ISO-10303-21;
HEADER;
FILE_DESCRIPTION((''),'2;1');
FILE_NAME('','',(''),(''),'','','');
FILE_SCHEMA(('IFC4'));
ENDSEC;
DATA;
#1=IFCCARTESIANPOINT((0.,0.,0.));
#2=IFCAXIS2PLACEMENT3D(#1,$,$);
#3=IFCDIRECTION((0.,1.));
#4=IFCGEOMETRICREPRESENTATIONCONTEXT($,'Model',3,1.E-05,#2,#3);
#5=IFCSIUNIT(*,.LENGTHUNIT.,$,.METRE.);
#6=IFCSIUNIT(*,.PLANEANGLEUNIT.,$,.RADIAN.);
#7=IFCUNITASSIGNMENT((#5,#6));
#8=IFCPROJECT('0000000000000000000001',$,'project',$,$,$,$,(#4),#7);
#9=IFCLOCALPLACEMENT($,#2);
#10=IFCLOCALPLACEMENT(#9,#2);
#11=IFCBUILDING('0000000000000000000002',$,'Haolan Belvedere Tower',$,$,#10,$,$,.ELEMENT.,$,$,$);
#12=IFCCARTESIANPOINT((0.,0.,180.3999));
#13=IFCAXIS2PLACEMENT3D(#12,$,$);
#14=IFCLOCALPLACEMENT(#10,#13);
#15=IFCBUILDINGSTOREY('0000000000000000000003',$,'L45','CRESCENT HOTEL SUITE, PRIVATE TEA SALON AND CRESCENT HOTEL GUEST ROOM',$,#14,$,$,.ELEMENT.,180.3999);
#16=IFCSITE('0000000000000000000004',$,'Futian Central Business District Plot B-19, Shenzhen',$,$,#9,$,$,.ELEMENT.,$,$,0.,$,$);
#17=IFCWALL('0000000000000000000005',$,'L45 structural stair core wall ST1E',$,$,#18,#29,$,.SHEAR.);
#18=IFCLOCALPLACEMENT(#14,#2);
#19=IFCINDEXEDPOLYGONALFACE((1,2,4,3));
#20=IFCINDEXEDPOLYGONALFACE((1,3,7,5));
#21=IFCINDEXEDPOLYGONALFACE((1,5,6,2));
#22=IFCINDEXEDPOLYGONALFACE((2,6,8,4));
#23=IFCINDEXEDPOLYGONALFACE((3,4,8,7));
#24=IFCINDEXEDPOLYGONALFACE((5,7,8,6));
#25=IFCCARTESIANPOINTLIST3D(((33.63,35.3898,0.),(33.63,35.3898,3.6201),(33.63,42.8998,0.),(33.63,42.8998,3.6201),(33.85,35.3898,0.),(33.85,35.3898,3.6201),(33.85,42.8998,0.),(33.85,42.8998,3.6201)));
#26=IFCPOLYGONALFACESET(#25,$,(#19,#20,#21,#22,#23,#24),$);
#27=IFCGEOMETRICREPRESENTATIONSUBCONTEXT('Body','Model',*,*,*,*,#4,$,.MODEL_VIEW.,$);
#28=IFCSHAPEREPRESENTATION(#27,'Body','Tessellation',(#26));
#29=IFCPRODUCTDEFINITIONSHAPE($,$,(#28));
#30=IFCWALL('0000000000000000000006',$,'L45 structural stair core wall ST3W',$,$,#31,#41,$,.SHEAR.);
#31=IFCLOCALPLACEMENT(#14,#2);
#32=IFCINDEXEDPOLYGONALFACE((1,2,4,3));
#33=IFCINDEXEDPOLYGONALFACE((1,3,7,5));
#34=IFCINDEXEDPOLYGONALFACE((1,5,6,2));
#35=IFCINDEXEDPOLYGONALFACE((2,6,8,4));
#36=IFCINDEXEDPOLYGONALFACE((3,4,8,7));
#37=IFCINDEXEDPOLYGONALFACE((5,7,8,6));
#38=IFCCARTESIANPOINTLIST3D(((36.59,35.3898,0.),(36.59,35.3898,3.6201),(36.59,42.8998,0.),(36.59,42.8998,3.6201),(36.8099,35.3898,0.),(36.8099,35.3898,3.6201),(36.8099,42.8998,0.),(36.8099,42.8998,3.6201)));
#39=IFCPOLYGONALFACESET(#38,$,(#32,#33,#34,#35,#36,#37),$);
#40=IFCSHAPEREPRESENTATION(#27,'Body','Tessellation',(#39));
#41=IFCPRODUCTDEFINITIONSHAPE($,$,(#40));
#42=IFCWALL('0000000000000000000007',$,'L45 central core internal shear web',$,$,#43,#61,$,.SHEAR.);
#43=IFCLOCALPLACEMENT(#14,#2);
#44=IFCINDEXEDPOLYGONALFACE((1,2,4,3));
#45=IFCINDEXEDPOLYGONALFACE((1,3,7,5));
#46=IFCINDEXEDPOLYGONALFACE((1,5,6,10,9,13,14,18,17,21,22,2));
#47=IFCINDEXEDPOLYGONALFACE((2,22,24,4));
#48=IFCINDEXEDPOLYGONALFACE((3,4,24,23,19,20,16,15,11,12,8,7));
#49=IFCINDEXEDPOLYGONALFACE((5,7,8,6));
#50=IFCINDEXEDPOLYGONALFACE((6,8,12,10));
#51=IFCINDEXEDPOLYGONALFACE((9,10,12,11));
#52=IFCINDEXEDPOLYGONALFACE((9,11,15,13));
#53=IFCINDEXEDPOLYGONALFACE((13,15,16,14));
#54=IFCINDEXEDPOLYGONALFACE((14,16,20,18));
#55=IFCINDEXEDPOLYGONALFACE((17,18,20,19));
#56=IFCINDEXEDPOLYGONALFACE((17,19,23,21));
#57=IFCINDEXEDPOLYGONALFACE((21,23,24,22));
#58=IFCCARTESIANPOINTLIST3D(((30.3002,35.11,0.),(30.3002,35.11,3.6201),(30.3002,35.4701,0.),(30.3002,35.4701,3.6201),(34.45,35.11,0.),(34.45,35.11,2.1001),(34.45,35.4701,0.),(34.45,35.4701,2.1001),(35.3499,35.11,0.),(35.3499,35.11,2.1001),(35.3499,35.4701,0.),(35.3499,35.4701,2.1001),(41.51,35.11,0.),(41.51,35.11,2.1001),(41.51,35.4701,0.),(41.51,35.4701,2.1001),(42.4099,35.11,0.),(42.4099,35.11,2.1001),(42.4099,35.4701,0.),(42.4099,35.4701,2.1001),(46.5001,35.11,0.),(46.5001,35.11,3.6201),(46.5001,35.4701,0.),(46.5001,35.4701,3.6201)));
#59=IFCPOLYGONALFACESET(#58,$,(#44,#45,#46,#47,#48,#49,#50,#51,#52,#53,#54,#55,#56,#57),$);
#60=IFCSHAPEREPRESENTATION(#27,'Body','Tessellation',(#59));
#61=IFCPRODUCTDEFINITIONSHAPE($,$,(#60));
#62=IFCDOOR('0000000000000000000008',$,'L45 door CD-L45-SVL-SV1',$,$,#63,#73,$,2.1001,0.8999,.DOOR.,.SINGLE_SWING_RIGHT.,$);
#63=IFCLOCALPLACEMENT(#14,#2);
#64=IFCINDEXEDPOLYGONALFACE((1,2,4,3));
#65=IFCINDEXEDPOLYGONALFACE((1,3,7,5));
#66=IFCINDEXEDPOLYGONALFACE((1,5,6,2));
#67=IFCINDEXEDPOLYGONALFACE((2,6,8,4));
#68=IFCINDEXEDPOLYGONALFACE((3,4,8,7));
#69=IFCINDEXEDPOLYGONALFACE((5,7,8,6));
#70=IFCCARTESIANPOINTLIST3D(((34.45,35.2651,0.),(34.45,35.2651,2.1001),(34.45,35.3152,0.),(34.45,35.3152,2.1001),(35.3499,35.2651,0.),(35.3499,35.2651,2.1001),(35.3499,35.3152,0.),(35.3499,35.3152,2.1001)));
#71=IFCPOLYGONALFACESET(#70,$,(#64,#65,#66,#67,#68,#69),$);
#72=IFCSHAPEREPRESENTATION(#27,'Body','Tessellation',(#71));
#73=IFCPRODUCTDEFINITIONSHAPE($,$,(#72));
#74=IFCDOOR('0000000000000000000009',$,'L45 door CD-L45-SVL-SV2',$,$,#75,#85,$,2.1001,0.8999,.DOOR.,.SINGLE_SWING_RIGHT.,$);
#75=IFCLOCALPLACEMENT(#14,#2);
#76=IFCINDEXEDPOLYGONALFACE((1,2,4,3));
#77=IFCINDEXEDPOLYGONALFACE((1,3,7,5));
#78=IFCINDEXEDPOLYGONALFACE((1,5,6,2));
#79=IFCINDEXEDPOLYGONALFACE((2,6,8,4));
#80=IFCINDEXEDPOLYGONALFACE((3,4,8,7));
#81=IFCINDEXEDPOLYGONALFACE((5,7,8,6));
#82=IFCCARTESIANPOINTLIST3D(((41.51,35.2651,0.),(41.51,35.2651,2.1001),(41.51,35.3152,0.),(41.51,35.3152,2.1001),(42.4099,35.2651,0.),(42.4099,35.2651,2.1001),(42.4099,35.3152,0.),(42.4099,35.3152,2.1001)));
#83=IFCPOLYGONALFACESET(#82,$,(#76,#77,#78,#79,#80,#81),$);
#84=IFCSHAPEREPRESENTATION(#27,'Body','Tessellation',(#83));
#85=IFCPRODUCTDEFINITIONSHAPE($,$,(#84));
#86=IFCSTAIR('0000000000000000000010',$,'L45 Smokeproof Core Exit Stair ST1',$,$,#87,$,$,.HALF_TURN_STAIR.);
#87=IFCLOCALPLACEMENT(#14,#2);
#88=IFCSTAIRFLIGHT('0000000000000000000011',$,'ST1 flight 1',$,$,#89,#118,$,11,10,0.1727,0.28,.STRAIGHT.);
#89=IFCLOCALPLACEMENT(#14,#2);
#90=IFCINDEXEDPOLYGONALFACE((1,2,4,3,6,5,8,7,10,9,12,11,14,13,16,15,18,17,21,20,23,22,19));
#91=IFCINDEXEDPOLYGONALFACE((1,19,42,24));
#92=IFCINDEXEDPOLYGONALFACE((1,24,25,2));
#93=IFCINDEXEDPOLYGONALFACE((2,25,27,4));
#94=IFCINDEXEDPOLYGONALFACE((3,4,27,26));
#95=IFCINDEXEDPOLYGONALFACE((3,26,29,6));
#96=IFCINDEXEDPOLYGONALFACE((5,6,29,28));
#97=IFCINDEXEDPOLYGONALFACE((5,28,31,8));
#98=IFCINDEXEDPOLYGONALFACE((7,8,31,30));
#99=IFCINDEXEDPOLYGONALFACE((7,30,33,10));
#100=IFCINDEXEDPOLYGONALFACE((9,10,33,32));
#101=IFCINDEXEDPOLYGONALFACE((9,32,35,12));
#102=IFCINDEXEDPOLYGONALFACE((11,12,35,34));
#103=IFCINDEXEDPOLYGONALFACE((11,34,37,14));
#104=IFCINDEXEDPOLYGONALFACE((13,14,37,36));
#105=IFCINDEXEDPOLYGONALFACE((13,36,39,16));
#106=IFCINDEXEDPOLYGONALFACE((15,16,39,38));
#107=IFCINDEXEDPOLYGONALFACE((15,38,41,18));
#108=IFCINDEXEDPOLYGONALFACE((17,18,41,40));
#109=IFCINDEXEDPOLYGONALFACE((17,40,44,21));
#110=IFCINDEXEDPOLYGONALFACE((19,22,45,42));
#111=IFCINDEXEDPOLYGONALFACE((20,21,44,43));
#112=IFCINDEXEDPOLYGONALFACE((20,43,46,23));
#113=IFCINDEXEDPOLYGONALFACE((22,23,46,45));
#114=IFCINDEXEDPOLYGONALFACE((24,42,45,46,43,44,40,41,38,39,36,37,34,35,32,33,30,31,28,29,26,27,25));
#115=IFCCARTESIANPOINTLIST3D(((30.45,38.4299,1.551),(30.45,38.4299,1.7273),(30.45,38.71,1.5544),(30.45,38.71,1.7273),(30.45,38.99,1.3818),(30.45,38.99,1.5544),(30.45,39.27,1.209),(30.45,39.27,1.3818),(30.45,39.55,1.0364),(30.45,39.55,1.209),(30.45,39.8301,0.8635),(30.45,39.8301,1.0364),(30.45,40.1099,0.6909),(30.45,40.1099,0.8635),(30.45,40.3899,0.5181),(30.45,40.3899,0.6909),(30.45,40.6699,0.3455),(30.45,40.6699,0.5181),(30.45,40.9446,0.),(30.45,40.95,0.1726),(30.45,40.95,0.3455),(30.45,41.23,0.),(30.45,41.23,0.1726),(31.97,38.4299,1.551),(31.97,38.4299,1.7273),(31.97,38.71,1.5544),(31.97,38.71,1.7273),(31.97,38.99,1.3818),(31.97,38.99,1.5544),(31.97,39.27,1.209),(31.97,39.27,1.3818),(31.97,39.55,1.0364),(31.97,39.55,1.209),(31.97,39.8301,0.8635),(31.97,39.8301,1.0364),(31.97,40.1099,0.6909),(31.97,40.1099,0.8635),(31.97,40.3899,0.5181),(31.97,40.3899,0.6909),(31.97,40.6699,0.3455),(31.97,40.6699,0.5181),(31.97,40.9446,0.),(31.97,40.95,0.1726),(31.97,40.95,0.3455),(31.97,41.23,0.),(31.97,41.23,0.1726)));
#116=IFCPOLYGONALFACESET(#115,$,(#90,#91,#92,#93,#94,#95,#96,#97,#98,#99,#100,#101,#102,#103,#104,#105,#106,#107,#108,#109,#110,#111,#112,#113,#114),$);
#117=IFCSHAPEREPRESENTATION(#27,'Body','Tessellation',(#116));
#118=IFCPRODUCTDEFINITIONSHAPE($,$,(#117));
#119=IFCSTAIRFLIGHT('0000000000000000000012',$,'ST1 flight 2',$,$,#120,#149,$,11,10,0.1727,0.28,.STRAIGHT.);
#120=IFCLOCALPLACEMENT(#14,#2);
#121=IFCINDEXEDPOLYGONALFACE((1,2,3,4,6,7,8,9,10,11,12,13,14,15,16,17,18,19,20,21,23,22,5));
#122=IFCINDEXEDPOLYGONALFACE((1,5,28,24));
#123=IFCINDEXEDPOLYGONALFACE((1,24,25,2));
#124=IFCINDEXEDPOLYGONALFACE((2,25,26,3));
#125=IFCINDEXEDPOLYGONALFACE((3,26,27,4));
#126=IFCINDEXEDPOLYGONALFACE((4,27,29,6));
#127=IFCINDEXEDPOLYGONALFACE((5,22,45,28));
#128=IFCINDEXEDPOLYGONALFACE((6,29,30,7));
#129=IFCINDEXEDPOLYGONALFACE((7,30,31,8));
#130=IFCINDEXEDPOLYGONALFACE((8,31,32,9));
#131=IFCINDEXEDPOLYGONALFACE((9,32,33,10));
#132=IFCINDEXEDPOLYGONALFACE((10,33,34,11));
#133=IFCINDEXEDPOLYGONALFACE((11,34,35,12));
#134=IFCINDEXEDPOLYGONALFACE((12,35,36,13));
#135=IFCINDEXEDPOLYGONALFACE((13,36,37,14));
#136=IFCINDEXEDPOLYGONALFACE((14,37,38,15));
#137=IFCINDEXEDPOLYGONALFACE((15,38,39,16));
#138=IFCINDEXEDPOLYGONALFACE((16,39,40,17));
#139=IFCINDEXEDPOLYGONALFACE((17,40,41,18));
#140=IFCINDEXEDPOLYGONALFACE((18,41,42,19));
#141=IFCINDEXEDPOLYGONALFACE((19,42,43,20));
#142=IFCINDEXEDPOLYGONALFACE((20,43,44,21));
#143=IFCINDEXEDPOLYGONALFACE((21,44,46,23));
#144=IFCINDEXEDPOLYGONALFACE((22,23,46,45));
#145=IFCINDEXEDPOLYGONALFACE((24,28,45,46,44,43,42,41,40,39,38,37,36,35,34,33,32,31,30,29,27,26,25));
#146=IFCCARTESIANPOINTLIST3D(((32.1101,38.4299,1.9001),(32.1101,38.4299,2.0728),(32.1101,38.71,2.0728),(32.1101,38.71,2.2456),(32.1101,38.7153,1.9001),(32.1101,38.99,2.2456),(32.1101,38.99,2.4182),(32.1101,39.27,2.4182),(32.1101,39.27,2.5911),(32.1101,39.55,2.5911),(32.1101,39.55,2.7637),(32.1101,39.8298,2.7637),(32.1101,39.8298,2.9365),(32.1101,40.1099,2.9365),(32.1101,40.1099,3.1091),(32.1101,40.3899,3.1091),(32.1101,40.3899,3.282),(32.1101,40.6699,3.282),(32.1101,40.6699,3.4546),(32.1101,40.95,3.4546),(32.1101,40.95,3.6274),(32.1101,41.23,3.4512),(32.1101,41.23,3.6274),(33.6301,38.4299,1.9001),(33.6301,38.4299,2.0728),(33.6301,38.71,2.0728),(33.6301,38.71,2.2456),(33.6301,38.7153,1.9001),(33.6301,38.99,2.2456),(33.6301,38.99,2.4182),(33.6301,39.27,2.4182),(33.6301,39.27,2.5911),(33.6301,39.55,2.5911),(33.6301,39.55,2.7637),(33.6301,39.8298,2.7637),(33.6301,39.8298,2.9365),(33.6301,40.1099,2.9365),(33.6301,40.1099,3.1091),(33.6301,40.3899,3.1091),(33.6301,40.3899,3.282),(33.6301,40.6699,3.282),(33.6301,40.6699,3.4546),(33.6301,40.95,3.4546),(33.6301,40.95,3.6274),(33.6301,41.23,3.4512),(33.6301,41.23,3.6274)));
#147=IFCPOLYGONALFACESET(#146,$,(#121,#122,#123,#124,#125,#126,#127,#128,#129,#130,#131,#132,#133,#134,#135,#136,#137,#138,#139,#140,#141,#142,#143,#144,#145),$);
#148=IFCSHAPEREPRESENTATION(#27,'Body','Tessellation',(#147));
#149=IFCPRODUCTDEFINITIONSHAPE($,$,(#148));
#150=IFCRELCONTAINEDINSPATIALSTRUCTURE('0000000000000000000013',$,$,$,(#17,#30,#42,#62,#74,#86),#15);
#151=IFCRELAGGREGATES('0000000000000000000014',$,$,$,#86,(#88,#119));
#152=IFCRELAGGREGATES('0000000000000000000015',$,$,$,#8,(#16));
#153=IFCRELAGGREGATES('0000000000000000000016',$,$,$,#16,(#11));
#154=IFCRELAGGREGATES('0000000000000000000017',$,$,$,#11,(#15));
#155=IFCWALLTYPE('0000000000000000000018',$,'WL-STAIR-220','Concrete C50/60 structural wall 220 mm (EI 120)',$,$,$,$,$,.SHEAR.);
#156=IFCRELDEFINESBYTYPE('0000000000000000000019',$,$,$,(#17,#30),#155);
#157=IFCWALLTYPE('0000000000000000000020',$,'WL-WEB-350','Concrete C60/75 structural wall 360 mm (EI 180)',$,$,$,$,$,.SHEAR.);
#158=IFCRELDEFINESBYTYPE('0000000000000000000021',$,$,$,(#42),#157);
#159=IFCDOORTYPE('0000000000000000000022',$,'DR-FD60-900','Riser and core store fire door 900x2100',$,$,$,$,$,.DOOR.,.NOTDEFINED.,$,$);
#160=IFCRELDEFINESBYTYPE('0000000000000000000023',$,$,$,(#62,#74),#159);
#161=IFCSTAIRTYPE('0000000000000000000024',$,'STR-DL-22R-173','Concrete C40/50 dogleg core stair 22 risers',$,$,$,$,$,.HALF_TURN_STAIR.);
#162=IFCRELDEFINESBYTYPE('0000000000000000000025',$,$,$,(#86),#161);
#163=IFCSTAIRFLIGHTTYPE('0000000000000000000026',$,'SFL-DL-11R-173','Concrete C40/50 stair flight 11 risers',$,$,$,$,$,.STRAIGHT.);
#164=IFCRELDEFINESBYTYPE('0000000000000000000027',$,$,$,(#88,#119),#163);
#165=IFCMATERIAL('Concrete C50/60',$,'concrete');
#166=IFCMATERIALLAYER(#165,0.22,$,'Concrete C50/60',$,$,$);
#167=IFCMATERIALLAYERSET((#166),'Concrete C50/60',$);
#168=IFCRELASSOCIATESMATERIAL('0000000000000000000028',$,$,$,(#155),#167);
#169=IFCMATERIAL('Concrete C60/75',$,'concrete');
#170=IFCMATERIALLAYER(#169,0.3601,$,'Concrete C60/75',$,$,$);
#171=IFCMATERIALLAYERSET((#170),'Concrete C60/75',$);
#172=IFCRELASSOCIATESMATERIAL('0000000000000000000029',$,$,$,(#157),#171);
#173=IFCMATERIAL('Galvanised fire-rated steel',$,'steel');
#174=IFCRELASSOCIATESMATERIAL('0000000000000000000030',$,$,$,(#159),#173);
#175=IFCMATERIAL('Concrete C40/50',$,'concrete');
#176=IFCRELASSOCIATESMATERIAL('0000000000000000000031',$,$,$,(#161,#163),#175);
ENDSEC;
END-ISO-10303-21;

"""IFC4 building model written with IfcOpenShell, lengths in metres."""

from ifc_helpers import new_model, si_unit, direction, frame, frame_2d, origin, place, context, subcontext, project, spatial, polyline, rectangle, outline, extrude, material, layer, layer_set, type_object, element, fill, aggregate, save


model = new_model("IFC4")

# Units and contexts
model_context = context("Model", 3, precision=1e-05, world=origin(), true_north=direction((0.0, 1.0)))
body_context = subcontext(model_context, "Body", "Model", "MODEL_VIEW")
ifc_project = project(units=[si_unit("LENGTHUNIT", "METRE"), si_unit("PLANEANGLEUNIT", "RADIAN")], contexts=[model_context])

# Site, building, storey
site_placement = place(None, origin())
site = spatial("IfcSite", under=ifc_project, at=site_placement, Name="Futian Central Business District Plot B-19, Shenzhen", CompositionType="ELEMENT", RefElevation=0.0)
building_placement = place(site_placement, origin())
building = spatial("IfcBuilding", under=site, at=building_placement, Name="Haolan Belvedere Tower", CompositionType="ELEMENT")
storey_placement = place(building_placement, frame((0.0, 0.0, 180.3999)))
storey = spatial("IfcBuildingStorey", under=building, at=storey_placement, Name="L45", Description="CRESCENT HOTEL SUITE, PRIVATE TEA SALON AND CRESCENT HOTEL GUEST ROOM", CompositionType="ELEMENT", Elevation=180.3999)

# Walls
ifc_material_1 = material(Name="Concrete C50/60", Category="concrete")
ifc_layer_1 = layer(ifc_material_1, 0.22, Name="Concrete C50/60")
ifc_layer_set_1 = layer_set([ifc_layer_1], Name="Concrete C50/60")
wall_type_1 = type_object("IfcWallType", Name="WL-STAIR-220", Description="Concrete C50/60 structural wall 220 mm (EI 120)", PredefinedType="SHEAR", material=ifc_layer_set_1)
for number, where, z_axis, x_axis, name in (
    (1, (33.74, 35.3899, 0.0), (0.0, 0.0, 1.0), (0.0, 1.0, 0.0), "L45 structural stair core wall ST1E"),
    (2, (36.7, 35.3899, 0.0), (0.0, 0.0, 1.0), (0.0, 1.0, 0.0), "L45 structural stair core wall ST3W"),
):
    element("IfcWall", number, at=place(storey_placement, frame(where, z_axis=z_axis, x_axis=x_axis)), inside=storey, type_object=wall_type_1, Name=name, PredefinedType="SHEAR", context=body_context, shape_type="SweptSolid", body=[
        extrude(rectangle(XDim=7.51, YDim=0.22, at=frame_2d((3.7549, 0.0))), origin(), (0.0, 0.0, 1.0), 3.6201),
    ])

# Wall, openings, doors
ifc_material_2 = material(Name="Concrete C60/75", Category="concrete")
ifc_layer_2 = layer(ifc_material_2, 0.3601, Name="Concrete C60/75")
ifc_layer_set_2 = layer_set([ifc_layer_2], Name="Concrete C60/75")
wall_type_2 = type_object("IfcWallType", Name="WL-WEB-350", Description="Concrete C60/75 structural wall 360 mm (EI 180)", PredefinedType="SHEAR", material=ifc_layer_set_2)
wall_1_placement = place(storey_placement, frame((30.3, 35.29, 0.0), z_axis=(0.0, 0.0, 1.0), x_axis=(1.0, 0.0, 0.0)))
wall_1 = element("IfcWall", 3, at=wall_1_placement, inside=storey, type_object=wall_type_2, Name="L45 central core internal shear web", PredefinedType="SHEAR", context=body_context, shape_type="SweptSolid", body=[
    extrude(rectangle(XDim=16.2, YDim=0.3601, at=frame_2d((8.1001, 0.0))), origin(), (0.0, 0.0, 1.0), 3.6201),
])
opening_1_placement = place(wall_1_placement, frame((5.0498, 0.0, 0.0), z_axis=(0.0, 0.0, 1.0), x_axis=(-1.0, 0.0, 0.0)))
opening_1 = element("IfcOpeningElement", 4, at=opening_1_placement, cuts=wall_1, PredefinedType="OPENING", context=body_context, shape_type="SweptSolid", body=[
    extrude(rectangle(XDim=0.8999, YDim=2.1001, at=frame_2d((0.45, 1.05))), frame((0.0, 0.1899, 0.0), z_axis=(0.0, -1.0, 0.0), x_axis=(1.0, 0.0, 0.0)), (0.0, 0.0, 1.0), 0.3801),
])
opening_2_placement = place(wall_1_placement, frame((12.1099, 0.0, 0.0), z_axis=(0.0, 0.0, 1.0), x_axis=(-1.0, 0.0, 0.0)))
opening_2 = element("IfcOpeningElement", 5, at=opening_2_placement, cuts=wall_1, PredefinedType="OPENING", context=body_context, shape_type="SweptSolid", body=[
    extrude(rectangle(XDim=0.8999, YDim=2.1001, at=frame_2d((0.45, 1.05))), frame((0.0, 0.1899, 0.0), z_axis=(0.0, -1.0, 0.0), x_axis=(1.0, 0.0, 0.0)), (0.0, 0.0, 1.0), 0.3801),
])
ifc_material_3 = material(Name="Galvanised fire-rated steel", Category="steel")
door_type_1 = type_object("IfcDoorType", Name="DR-FD60-900", Description="Riser and core store fire door 900x2100", OperationType="NOTDEFINED", PredefinedType="DOOR", material=ifc_material_3)
door_1_placement = place(opening_1_placement, origin())
door_1 = element("IfcDoor", 6, at=door_1_placement, inside=storey, type_object=door_type_1, Name="L45 door CD-L45-SVL-SV1", OperationType="SINGLE_SWING_RIGHT", OverallHeight=2.1001, OverallWidth=0.8999, PredefinedType="DOOR", context=body_context, shape_type="SweptSolid", body=[
    extrude(rectangle(XDim=0.8999, YDim=2.1001, at=frame_2d((0.45, 1.05))), frame((0.0, 0.0249, 0.0), z_axis=(0.0, -1.0, 0.0), x_axis=(1.0, 0.0, 0.0)), (0.0, 0.0, 1.0), 0.05),
])
fill(opening_1, door_1)
door_2_placement = place(opening_2_placement, origin())
door_2 = element("IfcDoor", 7, at=door_2_placement, inside=storey, type_object=door_type_1, Name="L45 door CD-L45-SVL-SV2", OperationType="SINGLE_SWING_RIGHT", OverallHeight=2.1001, OverallWidth=0.8999, PredefinedType="DOOR", context=body_context, shape_type="SweptSolid", body=[
    extrude(rectangle(XDim=0.8999, YDim=2.1001, at=frame_2d((0.45, 1.05))), frame((0.0, 0.0249, 0.0), z_axis=(0.0, -1.0, 0.0), x_axis=(1.0, 0.0, 0.0)), (0.0, 0.0, 1.0), 0.05),
])
fill(opening_2, door_2)

# Stair, stair flights
ifc_material_4 = material(Name="Concrete C40/50", Category="concrete")
stair_type = type_object("IfcStairType", Name="STR-DL-22R-173", Description="Concrete C40/50 dogleg core stair 22 risers", PredefinedType="HALF_TURN_STAIR", material=ifc_material_4)
stair_placement = place(storey_placement, origin())
stair = element("IfcStair", 8, at=stair_placement, inside=storey, type_object=stair_type, Name="L45 Smokeproof Core Exit Stair ST1", PredefinedType="HALF_TURN_STAIR")
stair_flight_type = type_object("IfcStairFlightType", Name="SFL-DL-11R-173", Description="Concrete C40/50 stair flight 11 risers", PredefinedType="STRAIGHT", material=ifc_material_4)
stair_flight_1_placement = place(storey_placement, frame((31.21, 41.23, 0.0), z_axis=(0.0, 0.0, 1.0), x_axis=(0.0, -1.0, 0.0)))
stair_flight_1 = element("IfcStairFlight", 9, at=stair_flight_1_placement, type_object=stair_flight_type, Name="ST1 flight 1", NumberOfRisers=11, NumberOfTreads=10, PredefinedType="STRAIGHT", RiserHeight=0.1727, TreadLength=0.28, context=body_context, shape_type="SweptSolid", body=[
    extrude(outline(polyline([(0.0, 0.0), (0.0, 0.1726), (0.28, 0.1726), (0.28, 0.3455), (0.5601, 0.3455), (0.5601, 0.5181), (0.8401, 0.5181), (0.8401, 0.6909), (1.1201, 0.6909), (1.1201, 0.8635), (1.3999, 0.8635), (1.3999, 1.0364), (1.6799, 1.0364), (1.6799, 1.209), (1.96, 1.209), (1.96, 1.3818), (2.24, 1.3818), (2.24, 1.5544), (2.52, 1.5544), (2.52, 1.7273), (2.8, 1.7273), (2.8, 1.8999), (2.8, 1.551), (0.2854, 0.0), (0.0, 0.0)])), frame((0.0, 0.76, 0.0), z_axis=(0.0, -1.0, 0.0), x_axis=(1.0, 0.0, 0.0)), (0.0, 0.0, 1.0), 1.52),
])
stair_flight_2_placement = place(storey_placement, frame((32.8701, 38.4299, 1.9001), z_axis=(0.0, 0.0, 1.0), x_axis=(0.0, 1.0, 0.0)))
stair_flight_2 = element("IfcStairFlight", 10, at=stair_flight_2_placement, type_object=stair_flight_type, Name="ST1 flight 2", NumberOfRisers=11, NumberOfTreads=10, PredefinedType="STRAIGHT", RiserHeight=0.1727, TreadLength=0.28, context=body_context, shape_type="SweptSolid", body=[
    extrude(outline(polyline([(0.0, 0.0), (0.0, 0.1726), (0.28, 0.1726), (0.28, 0.3455), (0.5601, 0.3455), (0.5601, 0.5181), (0.8401, 0.5181), (0.8401, 0.6909), (1.1201, 0.6909), (1.1201, 0.8635), (1.3999, 0.8635), (1.3999, 1.0364), (1.6799, 1.0364), (1.6799, 1.209), (1.96, 1.209), (1.96, 1.3818), (2.24, 1.3818), (2.24, 1.5544), (2.52, 1.5544), (2.52, 1.7273), (2.8, 1.7273), (2.8, 1.8999), (2.8, 1.551), (0.2854, 0.0), (0.0, 0.0)])), frame((0.0, 0.76, 0.0), z_axis=(0.0, -1.0, 0.0), x_axis=(1.0, 0.0, 0.0)), (0.0, 0.0, 1.0), 1.52),
])
aggregate(stair, [stair_flight_1, stair_flight_2])

save(model, "model.ifc")
